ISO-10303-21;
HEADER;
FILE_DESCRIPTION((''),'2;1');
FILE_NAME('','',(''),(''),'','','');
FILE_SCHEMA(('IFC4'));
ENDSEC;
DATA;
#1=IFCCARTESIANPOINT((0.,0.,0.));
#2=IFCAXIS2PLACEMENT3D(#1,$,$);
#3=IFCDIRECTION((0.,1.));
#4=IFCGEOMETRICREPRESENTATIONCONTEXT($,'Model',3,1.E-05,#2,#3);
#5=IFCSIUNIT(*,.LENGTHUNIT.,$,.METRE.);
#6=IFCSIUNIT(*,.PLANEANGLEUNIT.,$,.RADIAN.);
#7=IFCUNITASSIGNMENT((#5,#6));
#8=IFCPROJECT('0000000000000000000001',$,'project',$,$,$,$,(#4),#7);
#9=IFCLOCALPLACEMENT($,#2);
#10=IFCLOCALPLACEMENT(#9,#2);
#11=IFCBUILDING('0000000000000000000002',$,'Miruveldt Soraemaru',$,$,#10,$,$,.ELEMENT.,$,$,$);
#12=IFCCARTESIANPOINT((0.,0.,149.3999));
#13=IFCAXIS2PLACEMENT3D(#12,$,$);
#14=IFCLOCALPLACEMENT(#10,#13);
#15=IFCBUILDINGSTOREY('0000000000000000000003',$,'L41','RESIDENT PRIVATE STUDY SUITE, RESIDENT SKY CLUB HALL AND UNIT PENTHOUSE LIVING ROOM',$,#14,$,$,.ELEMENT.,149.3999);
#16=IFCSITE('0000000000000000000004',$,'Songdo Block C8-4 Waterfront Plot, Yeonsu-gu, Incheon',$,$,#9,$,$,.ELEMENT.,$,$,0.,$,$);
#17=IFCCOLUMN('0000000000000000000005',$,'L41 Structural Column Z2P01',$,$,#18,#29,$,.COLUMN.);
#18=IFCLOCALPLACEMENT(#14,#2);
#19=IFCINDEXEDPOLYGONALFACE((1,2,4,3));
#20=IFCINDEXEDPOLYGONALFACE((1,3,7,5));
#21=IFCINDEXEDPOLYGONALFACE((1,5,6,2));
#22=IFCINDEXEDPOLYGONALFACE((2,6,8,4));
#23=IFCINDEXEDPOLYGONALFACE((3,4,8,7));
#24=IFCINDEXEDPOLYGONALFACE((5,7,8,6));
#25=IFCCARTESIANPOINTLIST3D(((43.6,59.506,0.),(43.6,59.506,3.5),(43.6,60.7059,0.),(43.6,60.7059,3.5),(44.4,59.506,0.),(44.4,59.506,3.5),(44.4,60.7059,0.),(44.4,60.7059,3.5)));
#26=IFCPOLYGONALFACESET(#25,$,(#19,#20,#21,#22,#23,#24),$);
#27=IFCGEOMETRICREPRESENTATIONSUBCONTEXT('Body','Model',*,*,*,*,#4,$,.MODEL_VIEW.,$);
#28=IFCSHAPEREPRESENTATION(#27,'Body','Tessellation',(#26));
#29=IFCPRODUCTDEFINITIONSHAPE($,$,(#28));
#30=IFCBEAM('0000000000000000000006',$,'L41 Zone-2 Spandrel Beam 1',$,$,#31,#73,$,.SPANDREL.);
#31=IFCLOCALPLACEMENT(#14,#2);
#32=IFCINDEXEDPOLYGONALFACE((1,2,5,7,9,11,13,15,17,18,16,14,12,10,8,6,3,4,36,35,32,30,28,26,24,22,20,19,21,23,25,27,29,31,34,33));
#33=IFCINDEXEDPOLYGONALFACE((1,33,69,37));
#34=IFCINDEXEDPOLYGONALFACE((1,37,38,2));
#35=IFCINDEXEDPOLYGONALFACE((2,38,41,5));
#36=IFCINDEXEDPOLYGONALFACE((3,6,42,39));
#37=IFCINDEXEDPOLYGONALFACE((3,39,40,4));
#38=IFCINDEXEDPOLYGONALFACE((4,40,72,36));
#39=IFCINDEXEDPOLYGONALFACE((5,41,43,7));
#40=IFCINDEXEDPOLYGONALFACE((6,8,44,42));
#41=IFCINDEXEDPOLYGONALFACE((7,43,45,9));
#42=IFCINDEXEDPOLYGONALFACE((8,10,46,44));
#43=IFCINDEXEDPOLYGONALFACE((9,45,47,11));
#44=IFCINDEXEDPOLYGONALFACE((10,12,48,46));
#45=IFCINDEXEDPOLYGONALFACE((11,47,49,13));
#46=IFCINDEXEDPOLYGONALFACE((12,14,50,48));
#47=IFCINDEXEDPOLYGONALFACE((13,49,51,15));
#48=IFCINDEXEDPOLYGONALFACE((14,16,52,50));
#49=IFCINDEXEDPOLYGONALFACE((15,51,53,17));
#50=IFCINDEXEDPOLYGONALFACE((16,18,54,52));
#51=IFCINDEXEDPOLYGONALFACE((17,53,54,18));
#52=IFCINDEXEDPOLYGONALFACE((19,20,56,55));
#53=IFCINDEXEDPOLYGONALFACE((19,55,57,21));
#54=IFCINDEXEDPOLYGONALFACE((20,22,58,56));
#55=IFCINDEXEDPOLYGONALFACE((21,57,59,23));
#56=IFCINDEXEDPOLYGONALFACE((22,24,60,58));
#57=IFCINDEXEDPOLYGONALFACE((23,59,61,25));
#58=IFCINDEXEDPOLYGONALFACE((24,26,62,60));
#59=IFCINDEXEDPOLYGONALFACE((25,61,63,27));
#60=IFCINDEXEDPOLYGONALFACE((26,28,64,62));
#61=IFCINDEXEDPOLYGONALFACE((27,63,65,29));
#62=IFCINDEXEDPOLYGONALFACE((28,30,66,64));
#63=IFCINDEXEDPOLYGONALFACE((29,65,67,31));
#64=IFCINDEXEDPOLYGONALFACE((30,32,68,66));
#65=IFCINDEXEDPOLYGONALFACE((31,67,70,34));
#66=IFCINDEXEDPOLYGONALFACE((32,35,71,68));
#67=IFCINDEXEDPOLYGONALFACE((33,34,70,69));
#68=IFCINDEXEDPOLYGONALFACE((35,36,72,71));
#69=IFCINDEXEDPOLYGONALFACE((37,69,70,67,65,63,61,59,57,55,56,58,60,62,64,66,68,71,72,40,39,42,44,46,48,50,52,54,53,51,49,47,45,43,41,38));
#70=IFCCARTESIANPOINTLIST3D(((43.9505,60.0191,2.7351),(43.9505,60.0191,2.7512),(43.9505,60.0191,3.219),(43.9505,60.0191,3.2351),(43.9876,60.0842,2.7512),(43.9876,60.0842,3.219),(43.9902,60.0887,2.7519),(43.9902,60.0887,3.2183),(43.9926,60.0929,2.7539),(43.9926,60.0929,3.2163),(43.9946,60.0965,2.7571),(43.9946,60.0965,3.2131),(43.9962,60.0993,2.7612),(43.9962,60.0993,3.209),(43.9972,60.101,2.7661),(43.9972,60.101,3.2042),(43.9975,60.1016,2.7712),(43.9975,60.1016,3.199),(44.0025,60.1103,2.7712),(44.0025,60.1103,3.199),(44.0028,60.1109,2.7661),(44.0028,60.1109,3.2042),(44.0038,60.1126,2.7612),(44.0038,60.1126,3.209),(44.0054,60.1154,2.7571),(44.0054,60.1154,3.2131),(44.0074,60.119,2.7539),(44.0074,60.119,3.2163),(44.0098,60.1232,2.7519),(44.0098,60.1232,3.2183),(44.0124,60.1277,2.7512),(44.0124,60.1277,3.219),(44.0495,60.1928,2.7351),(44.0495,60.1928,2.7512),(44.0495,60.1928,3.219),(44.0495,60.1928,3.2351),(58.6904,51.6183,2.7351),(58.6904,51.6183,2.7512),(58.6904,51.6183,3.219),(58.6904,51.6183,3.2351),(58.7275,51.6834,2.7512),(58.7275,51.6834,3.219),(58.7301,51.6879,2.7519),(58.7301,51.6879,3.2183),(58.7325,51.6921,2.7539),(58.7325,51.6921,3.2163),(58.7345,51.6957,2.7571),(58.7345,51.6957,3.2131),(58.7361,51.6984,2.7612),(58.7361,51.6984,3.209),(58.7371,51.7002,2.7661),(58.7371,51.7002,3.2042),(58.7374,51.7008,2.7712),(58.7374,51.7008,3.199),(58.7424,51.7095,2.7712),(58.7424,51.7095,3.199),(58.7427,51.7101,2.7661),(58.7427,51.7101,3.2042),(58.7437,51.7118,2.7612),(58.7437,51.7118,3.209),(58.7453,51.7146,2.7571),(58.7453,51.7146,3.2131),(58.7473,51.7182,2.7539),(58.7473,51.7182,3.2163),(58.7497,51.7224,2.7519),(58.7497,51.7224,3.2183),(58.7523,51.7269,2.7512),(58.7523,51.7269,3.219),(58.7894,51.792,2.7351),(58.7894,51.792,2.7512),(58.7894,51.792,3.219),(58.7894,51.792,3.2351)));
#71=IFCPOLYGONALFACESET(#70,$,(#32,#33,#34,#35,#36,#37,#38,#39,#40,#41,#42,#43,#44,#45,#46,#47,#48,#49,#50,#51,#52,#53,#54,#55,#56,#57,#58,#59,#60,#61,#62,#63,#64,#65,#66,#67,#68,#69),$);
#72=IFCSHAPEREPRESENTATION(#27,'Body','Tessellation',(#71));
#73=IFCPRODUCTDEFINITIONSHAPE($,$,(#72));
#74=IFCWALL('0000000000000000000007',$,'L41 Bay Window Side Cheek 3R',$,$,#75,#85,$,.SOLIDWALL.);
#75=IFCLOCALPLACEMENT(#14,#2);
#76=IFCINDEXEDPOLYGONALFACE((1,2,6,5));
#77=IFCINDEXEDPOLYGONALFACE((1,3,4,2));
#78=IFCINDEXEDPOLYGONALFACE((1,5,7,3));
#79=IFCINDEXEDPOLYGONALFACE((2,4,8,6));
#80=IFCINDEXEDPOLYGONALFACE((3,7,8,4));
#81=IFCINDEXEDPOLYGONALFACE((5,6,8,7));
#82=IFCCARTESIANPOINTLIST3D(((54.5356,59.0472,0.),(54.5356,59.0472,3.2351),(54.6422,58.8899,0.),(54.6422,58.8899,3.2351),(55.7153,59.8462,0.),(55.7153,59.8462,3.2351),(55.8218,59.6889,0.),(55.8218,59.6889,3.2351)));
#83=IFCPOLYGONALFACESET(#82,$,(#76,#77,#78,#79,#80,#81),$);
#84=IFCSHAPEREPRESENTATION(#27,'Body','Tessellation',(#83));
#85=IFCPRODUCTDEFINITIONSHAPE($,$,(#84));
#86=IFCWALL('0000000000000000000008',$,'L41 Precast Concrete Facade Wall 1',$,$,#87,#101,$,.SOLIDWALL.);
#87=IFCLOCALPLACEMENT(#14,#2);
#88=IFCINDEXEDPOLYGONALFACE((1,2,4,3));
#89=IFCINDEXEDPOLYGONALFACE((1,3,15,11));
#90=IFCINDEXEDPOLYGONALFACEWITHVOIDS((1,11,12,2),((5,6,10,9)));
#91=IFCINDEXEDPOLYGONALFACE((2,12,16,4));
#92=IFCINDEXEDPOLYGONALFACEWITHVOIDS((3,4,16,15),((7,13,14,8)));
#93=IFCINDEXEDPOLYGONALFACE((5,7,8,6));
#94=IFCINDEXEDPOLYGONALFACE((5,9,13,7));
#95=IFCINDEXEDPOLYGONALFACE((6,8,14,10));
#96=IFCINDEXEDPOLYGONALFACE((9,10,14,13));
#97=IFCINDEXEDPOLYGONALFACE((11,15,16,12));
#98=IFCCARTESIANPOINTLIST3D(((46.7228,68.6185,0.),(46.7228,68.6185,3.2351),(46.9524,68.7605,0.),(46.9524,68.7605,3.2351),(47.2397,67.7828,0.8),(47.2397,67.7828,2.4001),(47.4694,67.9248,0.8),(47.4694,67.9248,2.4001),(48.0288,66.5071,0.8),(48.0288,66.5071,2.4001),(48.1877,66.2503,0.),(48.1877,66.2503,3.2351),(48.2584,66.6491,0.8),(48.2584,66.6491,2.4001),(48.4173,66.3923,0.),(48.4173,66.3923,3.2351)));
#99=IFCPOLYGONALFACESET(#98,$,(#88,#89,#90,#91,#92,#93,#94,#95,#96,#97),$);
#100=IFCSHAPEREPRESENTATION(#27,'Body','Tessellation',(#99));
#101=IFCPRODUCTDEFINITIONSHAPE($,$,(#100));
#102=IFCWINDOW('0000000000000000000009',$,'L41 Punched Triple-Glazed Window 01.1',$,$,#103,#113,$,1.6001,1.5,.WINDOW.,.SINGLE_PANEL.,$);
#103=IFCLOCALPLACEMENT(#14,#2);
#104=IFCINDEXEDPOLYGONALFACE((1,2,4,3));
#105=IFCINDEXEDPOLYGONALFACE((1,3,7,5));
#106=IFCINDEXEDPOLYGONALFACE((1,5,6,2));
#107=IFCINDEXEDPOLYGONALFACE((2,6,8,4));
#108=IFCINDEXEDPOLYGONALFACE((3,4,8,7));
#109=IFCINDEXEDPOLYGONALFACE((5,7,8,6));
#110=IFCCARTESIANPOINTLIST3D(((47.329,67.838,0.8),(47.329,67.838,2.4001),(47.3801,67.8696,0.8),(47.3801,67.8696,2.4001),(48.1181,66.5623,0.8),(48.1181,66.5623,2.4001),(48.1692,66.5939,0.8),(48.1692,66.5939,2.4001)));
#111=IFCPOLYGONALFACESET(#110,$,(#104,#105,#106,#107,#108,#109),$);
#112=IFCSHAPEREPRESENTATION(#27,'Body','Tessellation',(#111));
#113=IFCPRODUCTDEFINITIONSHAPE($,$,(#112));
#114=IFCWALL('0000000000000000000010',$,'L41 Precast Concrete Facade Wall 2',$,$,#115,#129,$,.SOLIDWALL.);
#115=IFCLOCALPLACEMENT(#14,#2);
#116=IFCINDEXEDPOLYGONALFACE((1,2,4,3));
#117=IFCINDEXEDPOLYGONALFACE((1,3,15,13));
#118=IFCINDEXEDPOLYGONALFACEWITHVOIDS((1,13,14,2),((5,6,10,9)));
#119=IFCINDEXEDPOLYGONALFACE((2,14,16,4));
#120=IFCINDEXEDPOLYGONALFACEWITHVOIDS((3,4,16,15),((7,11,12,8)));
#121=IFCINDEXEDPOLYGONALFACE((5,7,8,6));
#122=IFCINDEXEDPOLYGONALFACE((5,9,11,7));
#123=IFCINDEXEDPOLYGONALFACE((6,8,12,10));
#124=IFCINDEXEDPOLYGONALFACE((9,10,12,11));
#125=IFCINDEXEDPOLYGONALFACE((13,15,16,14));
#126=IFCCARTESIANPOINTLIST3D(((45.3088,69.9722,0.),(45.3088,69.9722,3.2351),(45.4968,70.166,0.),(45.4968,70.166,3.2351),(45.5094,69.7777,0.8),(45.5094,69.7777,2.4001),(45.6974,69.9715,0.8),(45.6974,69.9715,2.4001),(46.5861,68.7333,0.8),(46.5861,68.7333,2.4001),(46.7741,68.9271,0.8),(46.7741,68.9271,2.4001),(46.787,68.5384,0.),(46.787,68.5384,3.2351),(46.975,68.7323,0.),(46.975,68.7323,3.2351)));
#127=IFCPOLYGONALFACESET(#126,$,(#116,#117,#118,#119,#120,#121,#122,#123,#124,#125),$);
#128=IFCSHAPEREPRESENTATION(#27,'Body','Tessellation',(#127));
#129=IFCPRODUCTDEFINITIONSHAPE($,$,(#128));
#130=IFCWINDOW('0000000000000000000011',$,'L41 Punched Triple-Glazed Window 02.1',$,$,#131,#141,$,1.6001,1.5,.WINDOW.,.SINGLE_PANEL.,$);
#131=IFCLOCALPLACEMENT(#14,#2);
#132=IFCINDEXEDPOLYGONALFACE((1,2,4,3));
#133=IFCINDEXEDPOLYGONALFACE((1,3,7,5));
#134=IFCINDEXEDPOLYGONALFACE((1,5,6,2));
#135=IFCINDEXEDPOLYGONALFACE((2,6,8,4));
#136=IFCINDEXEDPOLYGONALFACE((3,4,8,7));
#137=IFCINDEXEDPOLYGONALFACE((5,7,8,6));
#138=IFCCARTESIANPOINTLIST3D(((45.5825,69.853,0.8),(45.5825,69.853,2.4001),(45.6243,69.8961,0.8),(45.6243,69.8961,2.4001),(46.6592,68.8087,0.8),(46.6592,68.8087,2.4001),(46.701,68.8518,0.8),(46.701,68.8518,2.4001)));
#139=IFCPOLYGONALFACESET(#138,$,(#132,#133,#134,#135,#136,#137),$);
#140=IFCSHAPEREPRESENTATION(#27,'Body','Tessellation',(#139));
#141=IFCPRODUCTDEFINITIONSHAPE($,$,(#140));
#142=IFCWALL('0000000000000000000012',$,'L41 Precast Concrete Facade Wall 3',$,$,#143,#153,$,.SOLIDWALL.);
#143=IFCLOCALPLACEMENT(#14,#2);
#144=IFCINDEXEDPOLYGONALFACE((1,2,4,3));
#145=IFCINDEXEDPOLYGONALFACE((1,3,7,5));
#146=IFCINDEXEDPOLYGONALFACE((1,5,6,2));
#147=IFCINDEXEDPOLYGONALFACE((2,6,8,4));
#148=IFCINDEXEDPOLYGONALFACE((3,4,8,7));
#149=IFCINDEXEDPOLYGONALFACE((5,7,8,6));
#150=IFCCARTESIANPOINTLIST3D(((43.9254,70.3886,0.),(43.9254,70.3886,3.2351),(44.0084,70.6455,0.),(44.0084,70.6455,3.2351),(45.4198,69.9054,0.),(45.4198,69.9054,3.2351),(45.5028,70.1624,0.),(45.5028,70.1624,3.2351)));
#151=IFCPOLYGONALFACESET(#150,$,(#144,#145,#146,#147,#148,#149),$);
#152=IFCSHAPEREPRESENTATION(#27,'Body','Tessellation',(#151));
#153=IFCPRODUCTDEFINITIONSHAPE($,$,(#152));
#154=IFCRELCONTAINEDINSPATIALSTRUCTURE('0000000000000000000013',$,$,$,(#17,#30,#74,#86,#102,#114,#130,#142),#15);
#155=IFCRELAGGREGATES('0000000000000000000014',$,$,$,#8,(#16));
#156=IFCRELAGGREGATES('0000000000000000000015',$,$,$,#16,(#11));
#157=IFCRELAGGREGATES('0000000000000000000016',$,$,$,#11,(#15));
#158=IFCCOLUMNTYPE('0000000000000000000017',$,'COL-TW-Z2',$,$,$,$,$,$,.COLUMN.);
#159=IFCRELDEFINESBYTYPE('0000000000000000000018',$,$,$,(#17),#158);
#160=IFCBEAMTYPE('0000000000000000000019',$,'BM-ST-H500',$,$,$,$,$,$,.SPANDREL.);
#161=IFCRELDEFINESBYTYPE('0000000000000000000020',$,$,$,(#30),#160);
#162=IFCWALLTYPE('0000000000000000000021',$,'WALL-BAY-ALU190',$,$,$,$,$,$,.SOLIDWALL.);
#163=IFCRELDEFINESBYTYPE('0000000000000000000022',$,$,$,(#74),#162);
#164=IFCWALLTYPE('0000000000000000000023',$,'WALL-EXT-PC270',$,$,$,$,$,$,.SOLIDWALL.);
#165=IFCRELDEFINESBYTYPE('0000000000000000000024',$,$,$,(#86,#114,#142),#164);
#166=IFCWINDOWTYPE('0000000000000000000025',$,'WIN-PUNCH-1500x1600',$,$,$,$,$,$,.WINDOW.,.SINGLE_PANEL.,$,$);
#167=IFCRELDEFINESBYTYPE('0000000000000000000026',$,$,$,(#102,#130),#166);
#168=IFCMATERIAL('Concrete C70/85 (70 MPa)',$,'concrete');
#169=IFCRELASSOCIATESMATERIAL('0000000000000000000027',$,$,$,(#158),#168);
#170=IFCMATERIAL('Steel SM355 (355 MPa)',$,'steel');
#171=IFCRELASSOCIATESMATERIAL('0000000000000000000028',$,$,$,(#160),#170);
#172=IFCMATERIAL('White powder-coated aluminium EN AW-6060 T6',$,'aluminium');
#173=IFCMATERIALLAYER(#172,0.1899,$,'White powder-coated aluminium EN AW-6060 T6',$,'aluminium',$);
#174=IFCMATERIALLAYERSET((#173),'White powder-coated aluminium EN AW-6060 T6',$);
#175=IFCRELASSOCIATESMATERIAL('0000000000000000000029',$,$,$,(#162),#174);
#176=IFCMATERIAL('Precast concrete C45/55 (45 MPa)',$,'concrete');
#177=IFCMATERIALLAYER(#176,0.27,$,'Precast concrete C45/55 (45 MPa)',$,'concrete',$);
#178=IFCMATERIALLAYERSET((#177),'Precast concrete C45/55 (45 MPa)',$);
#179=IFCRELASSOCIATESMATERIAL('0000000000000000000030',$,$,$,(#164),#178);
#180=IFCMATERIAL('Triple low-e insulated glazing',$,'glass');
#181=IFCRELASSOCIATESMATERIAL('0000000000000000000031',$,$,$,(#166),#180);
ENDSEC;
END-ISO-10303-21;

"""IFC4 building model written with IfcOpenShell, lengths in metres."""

from ifc_helpers import new_model, si_unit, direction, frame, frame_2d, origin, origin_2d, place, context, subcontext, project, spatial, rectangle, i_section, extrude, material, layer, layer_set, material_profile, profile_set, type_object, element, fill, save


model = new_model("IFC4")

# Units and contexts
model_context = context("Model", 3, precision=1e-05, world=origin(), true_north=direction((0.0, 1.0)))
body_context = subcontext(model_context, "Body", "Model", "MODEL_VIEW")
ifc_project = project(units=[si_unit("LENGTHUNIT", "METRE"), si_unit("PLANEANGLEUNIT", "RADIAN")], contexts=[model_context])

# Site, building, storey
site_placement = place(None, origin())
site = spatial("IfcSite", under=ifc_project, at=site_placement, Name="Songdo Block C8-4 Waterfront Plot, Yeonsu-gu, Incheon", CompositionType="ELEMENT", RefElevation=0.0)
building_placement = place(site_placement, origin())
building = spatial("IfcBuilding", under=site, at=building_placement, Name="Miruveldt Soraemaru", CompositionType="ELEMENT")
storey_placement = place(building_placement, frame((0.0, 0.0, 149.3999)))
storey = spatial("IfcBuildingStorey", under=building, at=storey_placement, Name="L41", Description="RESIDENT PRIVATE STUDY SUITE, RESIDENT SKY CLUB HALL AND UNIT PENTHOUSE LIVING ROOM", CompositionType="ELEMENT", Elevation=149.3999)

# Column
ifc_material_1 = material(Name="Concrete C70/85 (70 MPa)", Category="concrete")
ifc_material_profile_1 = material_profile(ifc_material_1, rectangle(XDim=1.2, YDim=0.8, at=origin_2d()), Name="Concrete C70/85 (70 MPa)", Category="concrete")
ifc_profile_set_1 = profile_set([ifc_material_profile_1], Name="Concrete C70/85 (70 MPa)")
column_type = type_object("IfcColumnType", Name="COL-TW-Z2", PredefinedType="COLUMN", material=ifc_profile_set_1)
column_placement = place(storey_placement, frame((44.0, 60.106, 0.0), z_axis=(0.0, 0.0, 1.0), x_axis=(0.0, 1.0, 0.0)))
element("IfcColumn", 1, at=column_placement, inside=storey, type_object=column_type, Name="L41 Structural Column Z2P01", PredefinedType="COLUMN", context=body_context, shape_type="SweptSolid", body=[
    extrude(rectangle(XDim=1.2, YDim=0.8, at=origin_2d()), origin(), (0.0, 0.0, 1.0), 3.5),
])

# Beam
ifc_material_2 = material(Name="Steel SM355 (355 MPa)", Category="steel")
ifc_material_profile_2 = material_profile(ifc_material_2, i_section(OverallWidth=0.2, OverallDepth=0.5, WebThickness=0.01, FlangeThickness=0.0161, FilletRadius=0.02, at=origin_2d()), Name="Steel SM355 (355 MPa)", Category="steel")
ifc_profile_set_2 = profile_set([ifc_material_profile_2], Name="Steel SM355 (355 MPa)")
beam_type = type_object("IfcBeamType", Name="BM-ST-H500", PredefinedType="SPANDREL", material=ifc_profile_set_2)
beam_placement = place(storey_placement, frame((44.0, 60.106, 2.9851), z_axis=(0.8688, -0.495162, 0.0), x_axis=(0.495162, 0.8688, 0.0)))
element("IfcBeam", 2, at=beam_placement, inside=storey, type_object=beam_type, Name="L41 Zone-2 Spandrel Beam 1", PredefinedType="SPANDREL", context=body_context, shape_type="SweptSolid", body=[
    extrude(i_section(OverallWidth=0.2, OverallDepth=0.5, WebThickness=0.01, FlangeThickness=0.0161, FilletRadius=0.02, at=origin_2d()), origin(), (0.0, 0.0, 1.0), 16.9658),
])

# Wall
ifc_material_3 = material(Name="White powder-coated aluminium EN AW-6060 T6", Category="aluminium")
ifc_layer_1 = layer(ifc_material_3, 0.1899, Name="White powder-coated aluminium EN AW-6060 T6", Category="aluminium")
ifc_layer_set_1 = layer_set([ifc_layer_1], Name="White powder-coated aluminium EN AW-6060 T6")
wall_type_1 = type_object("IfcWallType", Name="WALL-BAY-ALU190", PredefinedType="SOLIDWALL", material=ifc_layer_set_1)
wall_1_placement = place(storey_placement, frame((55.7686, 59.7676, 0.0), z_axis=(0.0, 0.0, 1.0), x_axis=(-0.827942, -0.560814, 0.0)))
element("IfcWall", 3, at=wall_1_placement, inside=storey, type_object=wall_type_1, Name="L41 Bay Window Side Cheek 3R", PredefinedType="SOLIDWALL", context=body_context, shape_type="SweptSolid", body=[
    extrude(rectangle(XDim=1.4248, YDim=0.1899, at=frame_2d((0.7124, 0.0))), origin(), (0.0, 0.0, 1.0), 3.2351),
])

# Walls, openings, windows
ifc_material_4 = material(Name="Precast concrete C45/55 (45 MPa)", Category="concrete")
ifc_layer_2 = layer(ifc_material_4, 0.27, Name="Precast concrete C45/55 (45 MPa)", Category="concrete")
ifc_layer_set_2 = layer_set([ifc_layer_2], Name="Precast concrete C45/55 (45 MPa)")
wall_type_2 = type_object("IfcWallType", Name="WALL-EXT-PC270", PredefinedType="SOLIDWALL", material=ifc_layer_set_2)
wall_2_placement = place(storey_placement, frame((48.3025, 66.3213, 0.0), z_axis=(0.0, 0.0, 1.0), x_axis=(-0.526053, 0.850452, 0.0)))
wall_2 = element("IfcWall", 4, at=wall_2_placement, inside=storey, type_object=wall_type_2, Name="L41 Precast Concrete Facade Wall 1", PredefinedType="SOLIDWALL", context=body_context, shape_type="SweptSolid", body=[
    extrude(rectangle(XDim=2.7847, YDim=0.27, at=frame_2d((1.3923, 0.0))), origin(), (0.0, 0.0, 1.0), 3.2351),
])
opening_1_placement = place(wall_2_placement, frame((0.302, 0.0, 0.8)))
opening_1 = element("IfcOpeningElement", 5, at=opening_1_placement, cuts=wall_2, PredefinedType="OPENING", context=body_context, shape_type="SweptSolid", body=[
    extrude(rectangle(XDim=1.5, YDim=1.6001, at=frame_2d((0.75, 0.8))), frame((0.0, 0.145, 0.0), z_axis=(0.0, -1.0, 0.0), x_axis=(1.0, 0.0, 0.0)), (0.0, 0.0, 1.0), 0.29),
])
ifc_material_5 = material(Name="Triple low-e insulated glazing", Category="glass")
window_type_1 = type_object("IfcWindowType", Name="WIN-PUNCH-1500x1600", PartitioningType="SINGLE_PANEL", PredefinedType="WINDOW", material=ifc_material_5)
window_1_placement = place(opening_1_placement, origin())
window_1 = element("IfcWindow", 6, at=window_1_placement, inside=storey, type_object=window_type_1, Name="L41 Punched Triple-Glazed Window 01.1", OverallHeight=1.6001, OverallWidth=1.5, PartitioningType="SINGLE_PANEL", PredefinedType="WINDOW", context=body_context, shape_type="SweptSolid", body=[
    extrude(rectangle(XDim=1.5, YDim=1.6001, at=frame_2d((0.75, 0.8))), frame((0.0, 0.03, 0.0), z_axis=(0.0, -1.0, 0.0), x_axis=(1.0, 0.0, 0.0)), (0.0, 0.0, 1.0), 0.0601),
])
fill(opening_1, window_1)
wall_3_placement = place(storey_placement, frame((46.8811, 68.6353, 0.0), z_axis=(0.0, 0.0, 1.0), x_axis=(-0.717812, 0.696237, 0.0)))
wall_3 = element("IfcWall", 7, at=wall_3_placement, inside=storey, type_object=wall_type_2, Name="L41 Precast Concrete Facade Wall 2", PredefinedType="SOLIDWALL", context=body_context, shape_type="SweptSolid", body=[
    extrude(rectangle(XDim=2.0593, YDim=0.27, at=frame_2d((1.0298, 0.0))), origin(), (0.0, 0.0, 1.0), 3.2351),
])
opening_2_placement = place(wall_3_placement, frame((0.28, 0.0, 0.8)))
opening_2 = element("IfcOpeningElement", 8, at=opening_2_placement, cuts=wall_3, PredefinedType="OPENING", context=body_context, shape_type="SweptSolid", body=[
    extrude(rectangle(XDim=1.5, YDim=1.6001, at=frame_2d((0.75, 0.8))), frame((0.0, 0.145, 0.0), z_axis=(0.0, -1.0, 0.0), x_axis=(1.0, 0.0, 0.0)), (0.0, 0.0, 1.0), 0.29),
])
window_2_placement = place(opening_2_placement, origin())
window_2 = element("IfcWindow", 9, at=window_2_placement, inside=storey, type_object=window_type_1, Name="L41 Punched Triple-Glazed Window 02.1", OverallHeight=1.6001, OverallWidth=1.5, PartitioningType="SINGLE_PANEL", PredefinedType="WINDOW", context=body_context, shape_type="SweptSolid", body=[
    extrude(rectangle(XDim=1.5, YDim=1.6001, at=frame_2d((0.75, 0.8))), frame((0.0, 0.03, 0.0), z_axis=(0.0, -1.0, 0.0), x_axis=(1.0, 0.0, 0.0)), (0.0, 0.0, 1.0), 0.0601),
])
fill(opening_2, window_2)

# Wall
wall_4_placement = place(storey_placement, frame((45.4612, 70.0339, 0.0), z_axis=(0.0, 0.0, 1.0), x_axis=(-0.951505, 0.307634, 0.0)))
element("IfcWall", 10, at=wall_4_placement, inside=storey, type_object=wall_type_2, Name="L41 Precast Concrete Facade Wall 3", PredefinedType="SOLIDWALL", context=body_context, shape_type="SweptSolid", body=[
    extrude(rectangle(XDim=1.5706, YDim=0.27, at=frame_2d((0.7852, 0.0))), origin(), (0.0, 0.0, 1.0), 3.2351),
])

save(model, "model.ifc")
